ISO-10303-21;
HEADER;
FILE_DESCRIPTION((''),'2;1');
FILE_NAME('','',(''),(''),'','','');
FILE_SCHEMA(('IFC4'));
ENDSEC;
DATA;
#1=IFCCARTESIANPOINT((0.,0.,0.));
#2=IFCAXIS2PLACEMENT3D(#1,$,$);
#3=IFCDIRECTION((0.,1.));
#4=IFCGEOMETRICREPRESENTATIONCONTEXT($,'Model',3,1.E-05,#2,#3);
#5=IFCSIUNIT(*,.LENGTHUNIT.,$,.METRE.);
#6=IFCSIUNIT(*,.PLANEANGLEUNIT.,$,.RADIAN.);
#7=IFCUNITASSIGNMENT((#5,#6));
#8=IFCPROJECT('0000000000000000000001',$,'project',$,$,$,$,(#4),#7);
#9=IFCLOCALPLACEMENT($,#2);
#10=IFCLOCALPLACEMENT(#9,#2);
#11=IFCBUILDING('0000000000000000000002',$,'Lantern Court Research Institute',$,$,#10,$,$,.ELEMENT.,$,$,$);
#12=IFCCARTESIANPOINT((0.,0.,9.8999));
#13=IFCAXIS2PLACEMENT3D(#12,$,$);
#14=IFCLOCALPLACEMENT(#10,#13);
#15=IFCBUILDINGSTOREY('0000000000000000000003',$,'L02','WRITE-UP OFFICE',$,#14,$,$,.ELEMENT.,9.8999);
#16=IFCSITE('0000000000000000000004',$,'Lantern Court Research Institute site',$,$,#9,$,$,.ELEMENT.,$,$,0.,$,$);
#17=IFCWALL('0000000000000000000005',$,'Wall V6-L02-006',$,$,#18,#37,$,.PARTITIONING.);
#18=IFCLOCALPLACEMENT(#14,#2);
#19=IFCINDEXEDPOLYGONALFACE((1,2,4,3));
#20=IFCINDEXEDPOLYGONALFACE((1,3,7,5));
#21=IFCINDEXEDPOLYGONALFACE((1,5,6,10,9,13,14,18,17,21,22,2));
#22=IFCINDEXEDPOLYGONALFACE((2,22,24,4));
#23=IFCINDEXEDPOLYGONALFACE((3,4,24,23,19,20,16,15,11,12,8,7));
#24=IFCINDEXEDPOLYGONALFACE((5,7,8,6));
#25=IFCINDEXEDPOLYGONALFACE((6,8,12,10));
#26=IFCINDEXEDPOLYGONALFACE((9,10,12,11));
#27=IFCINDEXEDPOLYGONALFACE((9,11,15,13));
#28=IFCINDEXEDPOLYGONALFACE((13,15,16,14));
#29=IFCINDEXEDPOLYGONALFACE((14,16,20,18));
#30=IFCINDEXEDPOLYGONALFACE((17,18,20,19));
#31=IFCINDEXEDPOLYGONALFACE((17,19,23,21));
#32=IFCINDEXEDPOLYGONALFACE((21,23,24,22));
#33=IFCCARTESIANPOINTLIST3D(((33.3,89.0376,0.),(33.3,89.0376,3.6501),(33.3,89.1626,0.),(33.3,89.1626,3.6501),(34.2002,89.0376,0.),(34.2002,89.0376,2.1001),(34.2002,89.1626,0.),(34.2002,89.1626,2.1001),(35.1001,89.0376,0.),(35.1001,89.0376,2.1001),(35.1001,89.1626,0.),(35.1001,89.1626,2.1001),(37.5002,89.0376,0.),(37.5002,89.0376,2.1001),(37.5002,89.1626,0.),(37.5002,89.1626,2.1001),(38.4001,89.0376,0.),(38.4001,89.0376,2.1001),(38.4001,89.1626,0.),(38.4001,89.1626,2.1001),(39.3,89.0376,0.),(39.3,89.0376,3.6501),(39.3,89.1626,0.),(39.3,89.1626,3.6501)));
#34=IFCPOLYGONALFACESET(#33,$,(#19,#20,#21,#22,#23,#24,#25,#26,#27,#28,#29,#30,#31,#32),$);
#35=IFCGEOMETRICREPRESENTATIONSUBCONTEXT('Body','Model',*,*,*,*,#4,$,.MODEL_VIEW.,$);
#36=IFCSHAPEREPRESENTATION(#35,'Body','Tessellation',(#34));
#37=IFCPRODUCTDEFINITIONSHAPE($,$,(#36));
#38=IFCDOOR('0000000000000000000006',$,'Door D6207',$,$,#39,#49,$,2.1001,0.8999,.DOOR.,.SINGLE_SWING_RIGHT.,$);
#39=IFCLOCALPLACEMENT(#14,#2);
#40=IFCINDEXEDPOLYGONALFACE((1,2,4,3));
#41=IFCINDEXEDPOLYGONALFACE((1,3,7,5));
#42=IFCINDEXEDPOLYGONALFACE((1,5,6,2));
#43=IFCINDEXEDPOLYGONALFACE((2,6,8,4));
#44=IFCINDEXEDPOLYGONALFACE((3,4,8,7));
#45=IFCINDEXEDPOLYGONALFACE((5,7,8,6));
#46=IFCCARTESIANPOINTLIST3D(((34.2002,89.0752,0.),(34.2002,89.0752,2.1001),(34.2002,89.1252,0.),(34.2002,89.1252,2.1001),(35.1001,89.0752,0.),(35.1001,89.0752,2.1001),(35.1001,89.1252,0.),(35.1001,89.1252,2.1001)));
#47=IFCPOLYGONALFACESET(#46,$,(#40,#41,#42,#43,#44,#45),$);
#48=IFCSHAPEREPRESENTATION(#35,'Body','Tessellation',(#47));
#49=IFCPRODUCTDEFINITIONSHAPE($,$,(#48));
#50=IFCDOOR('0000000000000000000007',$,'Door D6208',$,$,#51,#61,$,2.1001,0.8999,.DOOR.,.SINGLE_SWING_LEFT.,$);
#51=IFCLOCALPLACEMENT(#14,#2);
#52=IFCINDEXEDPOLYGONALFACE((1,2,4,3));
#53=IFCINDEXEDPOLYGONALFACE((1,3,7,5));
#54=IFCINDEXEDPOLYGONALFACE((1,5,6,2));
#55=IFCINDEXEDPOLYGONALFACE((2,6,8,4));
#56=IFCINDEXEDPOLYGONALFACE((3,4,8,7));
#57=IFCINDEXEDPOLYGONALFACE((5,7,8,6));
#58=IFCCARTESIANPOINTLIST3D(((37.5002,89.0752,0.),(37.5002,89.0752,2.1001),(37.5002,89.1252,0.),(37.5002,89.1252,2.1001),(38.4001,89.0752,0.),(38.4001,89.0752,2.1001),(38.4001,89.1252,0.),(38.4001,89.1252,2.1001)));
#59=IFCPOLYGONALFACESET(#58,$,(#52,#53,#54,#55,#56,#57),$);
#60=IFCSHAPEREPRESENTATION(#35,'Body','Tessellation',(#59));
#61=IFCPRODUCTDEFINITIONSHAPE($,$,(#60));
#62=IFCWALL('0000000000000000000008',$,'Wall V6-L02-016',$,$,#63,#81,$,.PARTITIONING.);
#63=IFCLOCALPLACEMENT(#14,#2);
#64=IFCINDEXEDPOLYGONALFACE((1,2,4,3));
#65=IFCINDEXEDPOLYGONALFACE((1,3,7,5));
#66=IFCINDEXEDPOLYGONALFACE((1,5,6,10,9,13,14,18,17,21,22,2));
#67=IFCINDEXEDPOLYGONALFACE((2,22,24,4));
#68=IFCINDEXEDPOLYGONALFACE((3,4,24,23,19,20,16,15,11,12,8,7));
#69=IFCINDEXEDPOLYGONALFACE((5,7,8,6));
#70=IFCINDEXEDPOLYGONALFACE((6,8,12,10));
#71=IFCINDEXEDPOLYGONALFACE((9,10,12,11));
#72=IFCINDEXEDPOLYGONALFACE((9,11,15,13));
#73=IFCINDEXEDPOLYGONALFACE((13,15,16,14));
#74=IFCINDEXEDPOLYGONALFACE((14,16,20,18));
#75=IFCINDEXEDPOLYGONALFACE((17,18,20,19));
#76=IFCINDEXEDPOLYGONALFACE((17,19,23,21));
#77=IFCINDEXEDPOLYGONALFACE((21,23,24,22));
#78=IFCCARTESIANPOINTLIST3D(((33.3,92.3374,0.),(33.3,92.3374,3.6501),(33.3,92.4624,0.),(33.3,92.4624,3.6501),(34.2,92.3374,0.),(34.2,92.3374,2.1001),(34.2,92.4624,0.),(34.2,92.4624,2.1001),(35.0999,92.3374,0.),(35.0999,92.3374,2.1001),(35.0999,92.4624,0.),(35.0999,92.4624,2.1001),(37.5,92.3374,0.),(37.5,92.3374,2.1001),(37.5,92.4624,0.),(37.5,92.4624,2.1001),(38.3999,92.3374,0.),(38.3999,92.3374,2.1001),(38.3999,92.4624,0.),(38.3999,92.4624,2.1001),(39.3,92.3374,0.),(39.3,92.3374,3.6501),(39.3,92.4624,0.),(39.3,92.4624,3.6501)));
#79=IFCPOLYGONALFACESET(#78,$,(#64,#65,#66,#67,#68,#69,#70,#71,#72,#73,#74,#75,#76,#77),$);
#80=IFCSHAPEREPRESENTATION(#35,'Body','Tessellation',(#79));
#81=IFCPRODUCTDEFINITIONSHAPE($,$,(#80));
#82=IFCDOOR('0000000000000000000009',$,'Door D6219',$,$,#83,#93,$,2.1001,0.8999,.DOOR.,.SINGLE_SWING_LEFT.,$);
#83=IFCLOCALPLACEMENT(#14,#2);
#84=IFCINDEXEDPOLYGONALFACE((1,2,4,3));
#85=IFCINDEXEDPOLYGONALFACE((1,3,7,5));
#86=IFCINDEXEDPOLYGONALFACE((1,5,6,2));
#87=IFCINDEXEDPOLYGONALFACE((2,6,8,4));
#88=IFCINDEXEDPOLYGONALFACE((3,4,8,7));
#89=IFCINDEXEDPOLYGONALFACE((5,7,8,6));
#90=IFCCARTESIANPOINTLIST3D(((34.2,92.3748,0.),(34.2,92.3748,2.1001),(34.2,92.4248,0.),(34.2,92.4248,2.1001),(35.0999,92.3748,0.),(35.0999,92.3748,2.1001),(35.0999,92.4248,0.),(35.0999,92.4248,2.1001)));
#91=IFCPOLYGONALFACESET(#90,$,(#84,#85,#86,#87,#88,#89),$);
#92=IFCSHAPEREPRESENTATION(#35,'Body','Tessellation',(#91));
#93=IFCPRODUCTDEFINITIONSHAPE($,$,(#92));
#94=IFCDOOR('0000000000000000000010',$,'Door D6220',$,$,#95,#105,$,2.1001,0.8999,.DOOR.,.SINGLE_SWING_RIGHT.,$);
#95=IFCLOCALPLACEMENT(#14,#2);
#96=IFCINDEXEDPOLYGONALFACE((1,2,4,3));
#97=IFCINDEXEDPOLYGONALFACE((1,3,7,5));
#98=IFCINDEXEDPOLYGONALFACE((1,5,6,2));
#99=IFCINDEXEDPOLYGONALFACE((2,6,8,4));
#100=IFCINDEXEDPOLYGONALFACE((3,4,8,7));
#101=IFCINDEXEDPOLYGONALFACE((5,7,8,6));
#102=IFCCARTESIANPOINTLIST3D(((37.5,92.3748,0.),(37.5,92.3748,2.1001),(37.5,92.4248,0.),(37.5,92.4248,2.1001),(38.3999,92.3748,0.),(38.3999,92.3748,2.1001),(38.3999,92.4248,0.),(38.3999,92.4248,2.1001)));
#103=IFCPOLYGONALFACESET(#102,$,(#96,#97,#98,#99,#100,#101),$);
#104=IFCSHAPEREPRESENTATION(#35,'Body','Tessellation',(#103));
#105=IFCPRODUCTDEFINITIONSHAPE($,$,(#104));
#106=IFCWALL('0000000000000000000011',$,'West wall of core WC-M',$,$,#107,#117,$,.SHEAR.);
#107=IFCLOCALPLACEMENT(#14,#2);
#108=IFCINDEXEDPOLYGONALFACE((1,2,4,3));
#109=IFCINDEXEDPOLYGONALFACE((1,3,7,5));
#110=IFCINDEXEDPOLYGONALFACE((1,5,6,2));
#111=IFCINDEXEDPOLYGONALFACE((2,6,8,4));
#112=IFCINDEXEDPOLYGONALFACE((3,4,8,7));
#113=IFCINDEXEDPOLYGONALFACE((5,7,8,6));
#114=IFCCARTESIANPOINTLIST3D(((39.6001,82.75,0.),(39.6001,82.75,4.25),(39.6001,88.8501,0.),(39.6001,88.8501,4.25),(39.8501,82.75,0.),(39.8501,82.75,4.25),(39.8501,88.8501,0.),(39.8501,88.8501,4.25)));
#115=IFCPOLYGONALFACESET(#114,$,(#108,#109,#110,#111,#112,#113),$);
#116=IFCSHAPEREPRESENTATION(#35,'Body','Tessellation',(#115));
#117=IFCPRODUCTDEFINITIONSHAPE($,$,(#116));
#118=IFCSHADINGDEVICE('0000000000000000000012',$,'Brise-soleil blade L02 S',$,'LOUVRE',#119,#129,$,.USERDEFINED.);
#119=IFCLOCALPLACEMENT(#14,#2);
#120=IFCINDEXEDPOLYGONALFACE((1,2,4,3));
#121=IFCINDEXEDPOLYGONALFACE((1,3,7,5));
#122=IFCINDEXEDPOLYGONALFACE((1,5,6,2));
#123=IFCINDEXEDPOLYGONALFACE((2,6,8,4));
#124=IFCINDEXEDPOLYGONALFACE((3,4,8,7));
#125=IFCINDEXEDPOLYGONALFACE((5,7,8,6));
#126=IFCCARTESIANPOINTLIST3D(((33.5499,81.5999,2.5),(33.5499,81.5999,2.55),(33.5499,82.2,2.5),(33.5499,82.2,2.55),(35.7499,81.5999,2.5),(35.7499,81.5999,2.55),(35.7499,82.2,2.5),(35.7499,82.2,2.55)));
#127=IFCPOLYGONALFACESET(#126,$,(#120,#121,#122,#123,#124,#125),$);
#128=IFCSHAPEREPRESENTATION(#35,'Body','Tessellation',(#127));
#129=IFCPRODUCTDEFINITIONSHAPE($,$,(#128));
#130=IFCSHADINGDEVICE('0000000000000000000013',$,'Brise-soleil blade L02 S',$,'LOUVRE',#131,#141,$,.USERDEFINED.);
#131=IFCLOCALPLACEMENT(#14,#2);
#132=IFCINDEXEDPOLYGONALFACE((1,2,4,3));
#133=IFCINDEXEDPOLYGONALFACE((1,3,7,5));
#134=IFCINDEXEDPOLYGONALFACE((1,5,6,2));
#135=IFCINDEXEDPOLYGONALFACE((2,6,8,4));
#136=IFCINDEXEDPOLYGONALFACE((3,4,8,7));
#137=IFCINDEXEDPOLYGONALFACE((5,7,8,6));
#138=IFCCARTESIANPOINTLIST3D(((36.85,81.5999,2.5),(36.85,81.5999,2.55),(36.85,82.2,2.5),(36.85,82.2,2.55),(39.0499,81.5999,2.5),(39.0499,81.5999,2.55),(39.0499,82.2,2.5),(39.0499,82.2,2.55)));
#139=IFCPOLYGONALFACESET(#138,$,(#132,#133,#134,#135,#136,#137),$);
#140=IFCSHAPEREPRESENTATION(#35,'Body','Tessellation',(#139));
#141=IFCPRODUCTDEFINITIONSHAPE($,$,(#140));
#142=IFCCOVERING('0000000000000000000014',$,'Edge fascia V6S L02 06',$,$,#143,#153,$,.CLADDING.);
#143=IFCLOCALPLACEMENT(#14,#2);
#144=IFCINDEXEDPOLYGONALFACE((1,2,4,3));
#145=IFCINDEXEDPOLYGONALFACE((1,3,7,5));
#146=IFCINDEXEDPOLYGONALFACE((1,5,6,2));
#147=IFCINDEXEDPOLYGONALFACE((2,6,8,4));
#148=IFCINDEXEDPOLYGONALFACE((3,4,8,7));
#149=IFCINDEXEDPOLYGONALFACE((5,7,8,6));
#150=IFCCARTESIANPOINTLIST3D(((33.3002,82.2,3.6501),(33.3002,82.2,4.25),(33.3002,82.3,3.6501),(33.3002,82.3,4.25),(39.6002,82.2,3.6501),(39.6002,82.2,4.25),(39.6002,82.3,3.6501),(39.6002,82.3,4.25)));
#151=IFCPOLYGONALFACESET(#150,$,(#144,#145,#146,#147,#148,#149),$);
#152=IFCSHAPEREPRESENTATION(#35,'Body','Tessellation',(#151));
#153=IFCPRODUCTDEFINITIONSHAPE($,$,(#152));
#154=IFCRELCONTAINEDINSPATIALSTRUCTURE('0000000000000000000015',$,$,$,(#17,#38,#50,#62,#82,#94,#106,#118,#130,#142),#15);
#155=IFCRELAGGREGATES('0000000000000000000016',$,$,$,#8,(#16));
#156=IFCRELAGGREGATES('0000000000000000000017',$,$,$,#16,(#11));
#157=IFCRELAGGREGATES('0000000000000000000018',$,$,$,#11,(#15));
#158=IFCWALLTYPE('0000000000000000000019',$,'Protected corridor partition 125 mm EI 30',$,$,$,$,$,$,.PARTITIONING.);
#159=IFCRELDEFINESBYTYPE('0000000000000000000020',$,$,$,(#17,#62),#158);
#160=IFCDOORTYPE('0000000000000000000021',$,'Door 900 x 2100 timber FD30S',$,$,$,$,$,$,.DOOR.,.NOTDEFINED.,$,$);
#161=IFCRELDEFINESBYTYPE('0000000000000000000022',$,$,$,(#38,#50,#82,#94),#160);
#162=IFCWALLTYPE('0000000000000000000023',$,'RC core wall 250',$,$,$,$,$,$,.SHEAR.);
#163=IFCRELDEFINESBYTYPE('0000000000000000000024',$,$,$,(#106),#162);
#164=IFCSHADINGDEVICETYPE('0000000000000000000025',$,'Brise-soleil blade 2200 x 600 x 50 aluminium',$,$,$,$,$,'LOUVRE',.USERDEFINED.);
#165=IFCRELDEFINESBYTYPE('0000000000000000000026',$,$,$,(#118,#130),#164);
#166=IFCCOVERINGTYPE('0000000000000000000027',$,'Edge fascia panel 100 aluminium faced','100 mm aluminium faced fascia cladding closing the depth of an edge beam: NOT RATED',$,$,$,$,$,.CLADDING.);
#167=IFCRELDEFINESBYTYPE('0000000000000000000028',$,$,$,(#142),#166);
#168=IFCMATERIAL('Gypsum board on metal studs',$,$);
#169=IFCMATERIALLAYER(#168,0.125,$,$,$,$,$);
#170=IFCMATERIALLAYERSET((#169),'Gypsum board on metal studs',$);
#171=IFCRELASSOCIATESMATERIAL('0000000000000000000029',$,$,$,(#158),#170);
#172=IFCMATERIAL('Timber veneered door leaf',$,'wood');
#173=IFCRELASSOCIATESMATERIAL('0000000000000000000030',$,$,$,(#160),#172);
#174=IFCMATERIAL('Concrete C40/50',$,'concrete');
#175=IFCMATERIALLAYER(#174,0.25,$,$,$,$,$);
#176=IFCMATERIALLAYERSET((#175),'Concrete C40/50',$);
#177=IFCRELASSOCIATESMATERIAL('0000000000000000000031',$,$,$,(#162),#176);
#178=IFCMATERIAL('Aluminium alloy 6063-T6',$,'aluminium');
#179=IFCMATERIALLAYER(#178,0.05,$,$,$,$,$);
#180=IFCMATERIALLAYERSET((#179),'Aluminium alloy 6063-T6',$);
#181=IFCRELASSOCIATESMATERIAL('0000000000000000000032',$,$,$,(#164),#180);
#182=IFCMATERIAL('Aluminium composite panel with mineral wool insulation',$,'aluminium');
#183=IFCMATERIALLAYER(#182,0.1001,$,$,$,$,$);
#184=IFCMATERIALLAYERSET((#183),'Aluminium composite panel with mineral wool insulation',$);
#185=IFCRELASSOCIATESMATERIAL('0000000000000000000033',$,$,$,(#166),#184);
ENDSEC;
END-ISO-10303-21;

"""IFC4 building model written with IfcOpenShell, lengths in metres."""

from ifc_helpers import new_model, si_unit, direction, frame, frame_2d, origin, origin_2d, place, context, subcontext, project, spatial, rectangle, extrude, material, layer, layer_set, type_object, element, fill, save


model = new_model("IFC4")

# Units and contexts
model_context = context("Model", 3, precision=1e-05, world=origin(), true_north=direction((0.0, 1.0)))
body_context = subcontext(model_context, "Body", "Model", "MODEL_VIEW")
ifc_project = project(units=[si_unit("LENGTHUNIT", "METRE"), si_unit("PLANEANGLEUNIT", "RADIAN")], contexts=[model_context])

# Site, building, storey
site_placement = place(None, origin())
site = spatial("IfcSite", under=ifc_project, at=site_placement, Name="Lantern Court Research Institute site", CompositionType="ELEMENT", RefElevation=0.0)
building_placement = place(site_placement, origin())
building = spatial("IfcBuilding", under=site, at=building_placement, Name="Lantern Court Research Institute", CompositionType="ELEMENT")
storey_placement = place(building_placement, frame((0.0, 0.0, 9.8999)))
storey = spatial("IfcBuildingStorey", under=building, at=storey_placement, Name="L02", Description="WRITE-UP OFFICE", CompositionType="ELEMENT", Elevation=9.8999)

# Walls, openings, doors
ifc_material_1 = material(Name="Gypsum board on metal studs")
ifc_layer_1 = layer(ifc_material_1, 0.125)
ifc_layer_set_1 = layer_set([ifc_layer_1], Name="Gypsum board on metal studs")
wall_type_1 = type_object("IfcWallType", Name="Protected corridor partition 125 mm EI 30", PredefinedType="PARTITIONING", material=ifc_layer_set_1)
wall_1_placement = place(storey_placement, frame((39.3, 89.1001, 0.0), z_axis=(0.0, 0.0, 1.0), x_axis=(-1.0, 0.0, 0.0)))
wall_1 = element("IfcWall", 1, at=wall_1_placement, inside=storey, type_object=wall_type_1, Name="Wall V6-L02-006", PredefinedType="PARTITIONING", context=body_context, shape_type="SweptSolid", body=[
    extrude(rectangle(XDim=6.0, YDim=0.125, at=frame_2d((3.0, 0.0))), origin(), (0.0, 0.0, 1.0), 3.6501),
])
opening_1_placement = place(wall_1_placement, frame((4.2, 0.0, 0.0)))
opening_1 = element("IfcOpeningElement", 2, at=opening_1_placement, cuts=wall_1, PredefinedType="OPENING", context=body_context, shape_type="SweptSolid", body=[
    extrude(rectangle(XDim=0.8999, YDim=2.1001, at=frame_2d((0.45, 1.05))), frame((0.0, 0.0725, 0.0), z_axis=(0.0, -1.0, 0.0), x_axis=(1.0, 0.0, 0.0)), (0.0, 0.0, 1.0), 0.145),
])
opening_2_placement = place(wall_1_placement, frame((0.8999, 0.0, 0.0)))
opening_2 = element("IfcOpeningElement", 3, at=opening_2_placement, cuts=wall_1, PredefinedType="OPENING", context=body_context, shape_type="SweptSolid", body=[
    extrude(rectangle(XDim=0.8999, YDim=2.1001, at=frame_2d((0.45, 1.05))), frame((0.0, 0.0725, 0.0), z_axis=(0.0, -1.0, 0.0), x_axis=(1.0, 0.0, 0.0)), (0.0, 0.0, 1.0), 0.145),
])
ifc_material_2 = material(Name="Timber veneered door leaf", Category="wood")
door_type = type_object("IfcDoorType", Name="Door 900 x 2100 timber FD30S", OperationType="NOTDEFINED", PredefinedType="DOOR", material=ifc_material_2)
door_1_placement = place(opening_1_placement, origin())
door_1 = element("IfcDoor", 4, at=door_1_placement, inside=storey, type_object=door_type, Name="Door D6207", OperationType="SINGLE_SWING_RIGHT", OverallHeight=2.1001, OverallWidth=0.8999, PredefinedType="DOOR", context=body_context, shape_type="SweptSolid", body=[
    extrude(rectangle(XDim=0.8999, YDim=2.1001, at=frame_2d((0.45, 1.05))), frame((0.0, 0.0249, 0.0), z_axis=(0.0, -1.0, 0.0), x_axis=(1.0, 0.0, 0.0)), (0.0, 0.0, 1.0), 0.05),
])
fill(opening_1, door_1)
door_2_placement = place(opening_2_placement, origin())
door_2 = element("IfcDoor", 5, at=door_2_placement, inside=storey, type_object=door_type, Name="Door D6208", OperationType="SINGLE_SWING_LEFT", OverallHeight=2.1001, OverallWidth=0.8999, PredefinedType="DOOR", context=body_context, shape_type="SweptSolid", body=[
    extrude(rectangle(XDim=0.8999, YDim=2.1001, at=frame_2d((0.45, 1.05))), frame((0.0, 0.0249, 0.0), z_axis=(0.0, -1.0, 0.0), x_axis=(1.0, 0.0, 0.0)), (0.0, 0.0, 1.0), 0.05),
])
fill(opening_2, door_2)
wall_2_placement = place(storey_placement, frame((33.3, 92.3999, 0.0), z_axis=(0.0, 0.0, 1.0), x_axis=(1.0, 0.0, 0.0)))
wall_2 = element("IfcWall", 6, at=wall_2_placement, inside=storey, type_object=wall_type_1, Name="Wall V6-L02-016", PredefinedType="PARTITIONING", context=body_context, shape_type="SweptSolid", body=[
    extrude(rectangle(XDim=6.0, YDim=0.125, at=frame_2d((3.0, 0.0))), origin(), (0.0, 0.0, 1.0), 3.6501),
])
opening_3_placement = place(wall_2_placement, frame((0.8999, 0.0, 0.0)))
opening_3 = element("IfcOpeningElement", 7, at=opening_3_placement, cuts=wall_2, PredefinedType="OPENING", context=body_context, shape_type="SweptSolid", body=[
    extrude(rectangle(XDim=0.8999, YDim=2.1001, at=frame_2d((0.45, 1.05))), frame((0.0, 0.0725, 0.0), z_axis=(0.0, -1.0, 0.0), x_axis=(1.0, 0.0, 0.0)), (0.0, 0.0, 1.0), 0.145),
])
opening_4_placement = place(wall_2_placement, frame((4.2, 0.0, 0.0)))
opening_4 = element("IfcOpeningElement", 8, at=opening_4_placement, cuts=wall_2, PredefinedType="OPENING", context=body_context, shape_type="SweptSolid", body=[
    extrude(rectangle(XDim=0.8999, YDim=2.1001, at=frame_2d((0.45, 1.05))), frame((0.0, 0.0725, 0.0), z_axis=(0.0, -1.0, 0.0), x_axis=(1.0, 0.0, 0.0)), (0.0, 0.0, 1.0), 0.145),
])
door_3_placement = place(opening_3_placement, origin())
door_3 = element("IfcDoor", 9, at=door_3_placement, inside=storey, type_object=door_type, Name="Door D6219", OperationType="SINGLE_SWING_LEFT", OverallHeight=2.1001, OverallWidth=0.8999, PredefinedType="DOOR", context=body_context, shape_type="SweptSolid", body=[
    extrude(rectangle(XDim=0.8999, YDim=2.1001, at=frame_2d((0.45, 1.05))), frame((0.0, 0.0249, 0.0), z_axis=(0.0, -1.0, 0.0), x_axis=(1.0, 0.0, 0.0)), (0.0, 0.0, 1.0), 0.05),
])
fill(opening_3, door_3)
door_4_placement = place(opening_4_placement, origin())
door_4 = element("IfcDoor", 10, at=door_4_placement, inside=storey, type_object=door_type, Name="Door D6220", OperationType="SINGLE_SWING_RIGHT", OverallHeight=2.1001, OverallWidth=0.8999, PredefinedType="DOOR", context=body_context, shape_type="SweptSolid", body=[
    extrude(rectangle(XDim=0.8999, YDim=2.1001, at=frame_2d((0.45, 1.05))), frame((0.0, 0.0249, 0.0), z_axis=(0.0, -1.0, 0.0), x_axis=(1.0, 0.0, 0.0)), (0.0, 0.0, 1.0), 0.05),
])
fill(opening_4, door_4)

# Wall
ifc_material_3 = material(Name="Concrete C40/50", Category="concrete")
ifc_layer_2 = layer(ifc_material_3, 0.25)
ifc_layer_set_2 = layer_set([ifc_layer_2], Name="Concrete C40/50")
wall_type_2 = type_object("IfcWallType", Name="RC core wall 250", PredefinedType="SHEAR", material=ifc_layer_set_2)
wall_3_placement = place(storey_placement, frame((39.7251, 88.8501, 0.0), z_axis=(0.0, 0.0, 1.0), x_axis=(0.0, -1.0, 0.0)))
element("IfcWall", 11, at=wall_3_placement, inside=storey, type_object=wall_type_2, Name="West wall of core WC-M", PredefinedType="SHEAR", context=body_context, shape_type="SweptSolid", body=[
    extrude(rectangle(XDim=6.1001, YDim=0.25, at=frame_2d((3.05, 0.0))), origin(), (0.0, 0.0, 1.0), 4.25),
])

# Shading devices
ifc_material_4 = material(Name="Aluminium alloy 6063-T6", Category="aluminium")
ifc_layer_3 = layer(ifc_material_4, 0.05)
ifc_layer_set_3 = layer_set([ifc_layer_3], Name="Aluminium alloy 6063-T6")
shading_device_type = type_object("IfcShadingDeviceType", Name="Brise-soleil blade 2200 x 600 x 50 aluminium", ElementType="LOUVRE", PredefinedType="USERDEFINED", material=ifc_layer_set_3)
for number, where, z_axis, x_axis, name in (
    (12, (34.6499, 81.8999, 2.5), (0.0, 0.0, 1.0), (-1.0, 0.0, 0.0), "Brise-soleil blade L02 S"),
    (13, (37.95, 81.8999, 2.5), (0.0, 0.0, 1.0), (-1.0, 0.0, 0.0), "Brise-soleil blade L02 S"),
):
    element("IfcShadingDevice", number, at=place(storey_placement, frame(where, z_axis=z_axis, x_axis=x_axis)), inside=storey, type_object=shading_device_type, Name=name, ObjectType="LOUVRE", PredefinedType="USERDEFINED", context=body_context, shape_type="SweptSolid", body=[
        extrude(rectangle(XDim=2.2, YDim=0.6001, at=origin_2d()), origin(), (0.0, 0.0, 1.0), 0.05),
    ])

# Covering
ifc_material_5 = material(Name="Aluminium composite panel with mineral wool insulation", Category="aluminium")
ifc_layer_4 = layer(ifc_material_5, 0.1001)
ifc_layer_set_4 = layer_set([ifc_layer_4], Name="Aluminium composite panel with mineral wool insulation")
covering_type_1 = type_object("IfcCoveringType", Name="Edge fascia panel 100 aluminium faced", Description="100 mm aluminium faced fascia cladding closing the depth of an edge beam: NOT RATED", PredefinedType="CLADDING", material=ifc_layer_set_4)
covering_1_placement = place(storey_placement, frame((39.6001, 82.25, 3.6501), z_axis=(0.0, 0.0, 1.0), x_axis=(-1.0, 0.0, 0.0)))
element("IfcCovering", 14, at=covering_1_placement, inside=storey, type_object=covering_type_1, Name="Edge fascia V6S L02 06", PredefinedType="CLADDING", context=body_context, shape_type="SweptSolid", body=[
    extrude(rectangle(XDim=6.3, YDim=0.1001, at=frame_2d((3.1499, 0.0))), origin(), (0.0, 0.0, 1.0), 0.5999),
])

save(model, "model.ifc")
